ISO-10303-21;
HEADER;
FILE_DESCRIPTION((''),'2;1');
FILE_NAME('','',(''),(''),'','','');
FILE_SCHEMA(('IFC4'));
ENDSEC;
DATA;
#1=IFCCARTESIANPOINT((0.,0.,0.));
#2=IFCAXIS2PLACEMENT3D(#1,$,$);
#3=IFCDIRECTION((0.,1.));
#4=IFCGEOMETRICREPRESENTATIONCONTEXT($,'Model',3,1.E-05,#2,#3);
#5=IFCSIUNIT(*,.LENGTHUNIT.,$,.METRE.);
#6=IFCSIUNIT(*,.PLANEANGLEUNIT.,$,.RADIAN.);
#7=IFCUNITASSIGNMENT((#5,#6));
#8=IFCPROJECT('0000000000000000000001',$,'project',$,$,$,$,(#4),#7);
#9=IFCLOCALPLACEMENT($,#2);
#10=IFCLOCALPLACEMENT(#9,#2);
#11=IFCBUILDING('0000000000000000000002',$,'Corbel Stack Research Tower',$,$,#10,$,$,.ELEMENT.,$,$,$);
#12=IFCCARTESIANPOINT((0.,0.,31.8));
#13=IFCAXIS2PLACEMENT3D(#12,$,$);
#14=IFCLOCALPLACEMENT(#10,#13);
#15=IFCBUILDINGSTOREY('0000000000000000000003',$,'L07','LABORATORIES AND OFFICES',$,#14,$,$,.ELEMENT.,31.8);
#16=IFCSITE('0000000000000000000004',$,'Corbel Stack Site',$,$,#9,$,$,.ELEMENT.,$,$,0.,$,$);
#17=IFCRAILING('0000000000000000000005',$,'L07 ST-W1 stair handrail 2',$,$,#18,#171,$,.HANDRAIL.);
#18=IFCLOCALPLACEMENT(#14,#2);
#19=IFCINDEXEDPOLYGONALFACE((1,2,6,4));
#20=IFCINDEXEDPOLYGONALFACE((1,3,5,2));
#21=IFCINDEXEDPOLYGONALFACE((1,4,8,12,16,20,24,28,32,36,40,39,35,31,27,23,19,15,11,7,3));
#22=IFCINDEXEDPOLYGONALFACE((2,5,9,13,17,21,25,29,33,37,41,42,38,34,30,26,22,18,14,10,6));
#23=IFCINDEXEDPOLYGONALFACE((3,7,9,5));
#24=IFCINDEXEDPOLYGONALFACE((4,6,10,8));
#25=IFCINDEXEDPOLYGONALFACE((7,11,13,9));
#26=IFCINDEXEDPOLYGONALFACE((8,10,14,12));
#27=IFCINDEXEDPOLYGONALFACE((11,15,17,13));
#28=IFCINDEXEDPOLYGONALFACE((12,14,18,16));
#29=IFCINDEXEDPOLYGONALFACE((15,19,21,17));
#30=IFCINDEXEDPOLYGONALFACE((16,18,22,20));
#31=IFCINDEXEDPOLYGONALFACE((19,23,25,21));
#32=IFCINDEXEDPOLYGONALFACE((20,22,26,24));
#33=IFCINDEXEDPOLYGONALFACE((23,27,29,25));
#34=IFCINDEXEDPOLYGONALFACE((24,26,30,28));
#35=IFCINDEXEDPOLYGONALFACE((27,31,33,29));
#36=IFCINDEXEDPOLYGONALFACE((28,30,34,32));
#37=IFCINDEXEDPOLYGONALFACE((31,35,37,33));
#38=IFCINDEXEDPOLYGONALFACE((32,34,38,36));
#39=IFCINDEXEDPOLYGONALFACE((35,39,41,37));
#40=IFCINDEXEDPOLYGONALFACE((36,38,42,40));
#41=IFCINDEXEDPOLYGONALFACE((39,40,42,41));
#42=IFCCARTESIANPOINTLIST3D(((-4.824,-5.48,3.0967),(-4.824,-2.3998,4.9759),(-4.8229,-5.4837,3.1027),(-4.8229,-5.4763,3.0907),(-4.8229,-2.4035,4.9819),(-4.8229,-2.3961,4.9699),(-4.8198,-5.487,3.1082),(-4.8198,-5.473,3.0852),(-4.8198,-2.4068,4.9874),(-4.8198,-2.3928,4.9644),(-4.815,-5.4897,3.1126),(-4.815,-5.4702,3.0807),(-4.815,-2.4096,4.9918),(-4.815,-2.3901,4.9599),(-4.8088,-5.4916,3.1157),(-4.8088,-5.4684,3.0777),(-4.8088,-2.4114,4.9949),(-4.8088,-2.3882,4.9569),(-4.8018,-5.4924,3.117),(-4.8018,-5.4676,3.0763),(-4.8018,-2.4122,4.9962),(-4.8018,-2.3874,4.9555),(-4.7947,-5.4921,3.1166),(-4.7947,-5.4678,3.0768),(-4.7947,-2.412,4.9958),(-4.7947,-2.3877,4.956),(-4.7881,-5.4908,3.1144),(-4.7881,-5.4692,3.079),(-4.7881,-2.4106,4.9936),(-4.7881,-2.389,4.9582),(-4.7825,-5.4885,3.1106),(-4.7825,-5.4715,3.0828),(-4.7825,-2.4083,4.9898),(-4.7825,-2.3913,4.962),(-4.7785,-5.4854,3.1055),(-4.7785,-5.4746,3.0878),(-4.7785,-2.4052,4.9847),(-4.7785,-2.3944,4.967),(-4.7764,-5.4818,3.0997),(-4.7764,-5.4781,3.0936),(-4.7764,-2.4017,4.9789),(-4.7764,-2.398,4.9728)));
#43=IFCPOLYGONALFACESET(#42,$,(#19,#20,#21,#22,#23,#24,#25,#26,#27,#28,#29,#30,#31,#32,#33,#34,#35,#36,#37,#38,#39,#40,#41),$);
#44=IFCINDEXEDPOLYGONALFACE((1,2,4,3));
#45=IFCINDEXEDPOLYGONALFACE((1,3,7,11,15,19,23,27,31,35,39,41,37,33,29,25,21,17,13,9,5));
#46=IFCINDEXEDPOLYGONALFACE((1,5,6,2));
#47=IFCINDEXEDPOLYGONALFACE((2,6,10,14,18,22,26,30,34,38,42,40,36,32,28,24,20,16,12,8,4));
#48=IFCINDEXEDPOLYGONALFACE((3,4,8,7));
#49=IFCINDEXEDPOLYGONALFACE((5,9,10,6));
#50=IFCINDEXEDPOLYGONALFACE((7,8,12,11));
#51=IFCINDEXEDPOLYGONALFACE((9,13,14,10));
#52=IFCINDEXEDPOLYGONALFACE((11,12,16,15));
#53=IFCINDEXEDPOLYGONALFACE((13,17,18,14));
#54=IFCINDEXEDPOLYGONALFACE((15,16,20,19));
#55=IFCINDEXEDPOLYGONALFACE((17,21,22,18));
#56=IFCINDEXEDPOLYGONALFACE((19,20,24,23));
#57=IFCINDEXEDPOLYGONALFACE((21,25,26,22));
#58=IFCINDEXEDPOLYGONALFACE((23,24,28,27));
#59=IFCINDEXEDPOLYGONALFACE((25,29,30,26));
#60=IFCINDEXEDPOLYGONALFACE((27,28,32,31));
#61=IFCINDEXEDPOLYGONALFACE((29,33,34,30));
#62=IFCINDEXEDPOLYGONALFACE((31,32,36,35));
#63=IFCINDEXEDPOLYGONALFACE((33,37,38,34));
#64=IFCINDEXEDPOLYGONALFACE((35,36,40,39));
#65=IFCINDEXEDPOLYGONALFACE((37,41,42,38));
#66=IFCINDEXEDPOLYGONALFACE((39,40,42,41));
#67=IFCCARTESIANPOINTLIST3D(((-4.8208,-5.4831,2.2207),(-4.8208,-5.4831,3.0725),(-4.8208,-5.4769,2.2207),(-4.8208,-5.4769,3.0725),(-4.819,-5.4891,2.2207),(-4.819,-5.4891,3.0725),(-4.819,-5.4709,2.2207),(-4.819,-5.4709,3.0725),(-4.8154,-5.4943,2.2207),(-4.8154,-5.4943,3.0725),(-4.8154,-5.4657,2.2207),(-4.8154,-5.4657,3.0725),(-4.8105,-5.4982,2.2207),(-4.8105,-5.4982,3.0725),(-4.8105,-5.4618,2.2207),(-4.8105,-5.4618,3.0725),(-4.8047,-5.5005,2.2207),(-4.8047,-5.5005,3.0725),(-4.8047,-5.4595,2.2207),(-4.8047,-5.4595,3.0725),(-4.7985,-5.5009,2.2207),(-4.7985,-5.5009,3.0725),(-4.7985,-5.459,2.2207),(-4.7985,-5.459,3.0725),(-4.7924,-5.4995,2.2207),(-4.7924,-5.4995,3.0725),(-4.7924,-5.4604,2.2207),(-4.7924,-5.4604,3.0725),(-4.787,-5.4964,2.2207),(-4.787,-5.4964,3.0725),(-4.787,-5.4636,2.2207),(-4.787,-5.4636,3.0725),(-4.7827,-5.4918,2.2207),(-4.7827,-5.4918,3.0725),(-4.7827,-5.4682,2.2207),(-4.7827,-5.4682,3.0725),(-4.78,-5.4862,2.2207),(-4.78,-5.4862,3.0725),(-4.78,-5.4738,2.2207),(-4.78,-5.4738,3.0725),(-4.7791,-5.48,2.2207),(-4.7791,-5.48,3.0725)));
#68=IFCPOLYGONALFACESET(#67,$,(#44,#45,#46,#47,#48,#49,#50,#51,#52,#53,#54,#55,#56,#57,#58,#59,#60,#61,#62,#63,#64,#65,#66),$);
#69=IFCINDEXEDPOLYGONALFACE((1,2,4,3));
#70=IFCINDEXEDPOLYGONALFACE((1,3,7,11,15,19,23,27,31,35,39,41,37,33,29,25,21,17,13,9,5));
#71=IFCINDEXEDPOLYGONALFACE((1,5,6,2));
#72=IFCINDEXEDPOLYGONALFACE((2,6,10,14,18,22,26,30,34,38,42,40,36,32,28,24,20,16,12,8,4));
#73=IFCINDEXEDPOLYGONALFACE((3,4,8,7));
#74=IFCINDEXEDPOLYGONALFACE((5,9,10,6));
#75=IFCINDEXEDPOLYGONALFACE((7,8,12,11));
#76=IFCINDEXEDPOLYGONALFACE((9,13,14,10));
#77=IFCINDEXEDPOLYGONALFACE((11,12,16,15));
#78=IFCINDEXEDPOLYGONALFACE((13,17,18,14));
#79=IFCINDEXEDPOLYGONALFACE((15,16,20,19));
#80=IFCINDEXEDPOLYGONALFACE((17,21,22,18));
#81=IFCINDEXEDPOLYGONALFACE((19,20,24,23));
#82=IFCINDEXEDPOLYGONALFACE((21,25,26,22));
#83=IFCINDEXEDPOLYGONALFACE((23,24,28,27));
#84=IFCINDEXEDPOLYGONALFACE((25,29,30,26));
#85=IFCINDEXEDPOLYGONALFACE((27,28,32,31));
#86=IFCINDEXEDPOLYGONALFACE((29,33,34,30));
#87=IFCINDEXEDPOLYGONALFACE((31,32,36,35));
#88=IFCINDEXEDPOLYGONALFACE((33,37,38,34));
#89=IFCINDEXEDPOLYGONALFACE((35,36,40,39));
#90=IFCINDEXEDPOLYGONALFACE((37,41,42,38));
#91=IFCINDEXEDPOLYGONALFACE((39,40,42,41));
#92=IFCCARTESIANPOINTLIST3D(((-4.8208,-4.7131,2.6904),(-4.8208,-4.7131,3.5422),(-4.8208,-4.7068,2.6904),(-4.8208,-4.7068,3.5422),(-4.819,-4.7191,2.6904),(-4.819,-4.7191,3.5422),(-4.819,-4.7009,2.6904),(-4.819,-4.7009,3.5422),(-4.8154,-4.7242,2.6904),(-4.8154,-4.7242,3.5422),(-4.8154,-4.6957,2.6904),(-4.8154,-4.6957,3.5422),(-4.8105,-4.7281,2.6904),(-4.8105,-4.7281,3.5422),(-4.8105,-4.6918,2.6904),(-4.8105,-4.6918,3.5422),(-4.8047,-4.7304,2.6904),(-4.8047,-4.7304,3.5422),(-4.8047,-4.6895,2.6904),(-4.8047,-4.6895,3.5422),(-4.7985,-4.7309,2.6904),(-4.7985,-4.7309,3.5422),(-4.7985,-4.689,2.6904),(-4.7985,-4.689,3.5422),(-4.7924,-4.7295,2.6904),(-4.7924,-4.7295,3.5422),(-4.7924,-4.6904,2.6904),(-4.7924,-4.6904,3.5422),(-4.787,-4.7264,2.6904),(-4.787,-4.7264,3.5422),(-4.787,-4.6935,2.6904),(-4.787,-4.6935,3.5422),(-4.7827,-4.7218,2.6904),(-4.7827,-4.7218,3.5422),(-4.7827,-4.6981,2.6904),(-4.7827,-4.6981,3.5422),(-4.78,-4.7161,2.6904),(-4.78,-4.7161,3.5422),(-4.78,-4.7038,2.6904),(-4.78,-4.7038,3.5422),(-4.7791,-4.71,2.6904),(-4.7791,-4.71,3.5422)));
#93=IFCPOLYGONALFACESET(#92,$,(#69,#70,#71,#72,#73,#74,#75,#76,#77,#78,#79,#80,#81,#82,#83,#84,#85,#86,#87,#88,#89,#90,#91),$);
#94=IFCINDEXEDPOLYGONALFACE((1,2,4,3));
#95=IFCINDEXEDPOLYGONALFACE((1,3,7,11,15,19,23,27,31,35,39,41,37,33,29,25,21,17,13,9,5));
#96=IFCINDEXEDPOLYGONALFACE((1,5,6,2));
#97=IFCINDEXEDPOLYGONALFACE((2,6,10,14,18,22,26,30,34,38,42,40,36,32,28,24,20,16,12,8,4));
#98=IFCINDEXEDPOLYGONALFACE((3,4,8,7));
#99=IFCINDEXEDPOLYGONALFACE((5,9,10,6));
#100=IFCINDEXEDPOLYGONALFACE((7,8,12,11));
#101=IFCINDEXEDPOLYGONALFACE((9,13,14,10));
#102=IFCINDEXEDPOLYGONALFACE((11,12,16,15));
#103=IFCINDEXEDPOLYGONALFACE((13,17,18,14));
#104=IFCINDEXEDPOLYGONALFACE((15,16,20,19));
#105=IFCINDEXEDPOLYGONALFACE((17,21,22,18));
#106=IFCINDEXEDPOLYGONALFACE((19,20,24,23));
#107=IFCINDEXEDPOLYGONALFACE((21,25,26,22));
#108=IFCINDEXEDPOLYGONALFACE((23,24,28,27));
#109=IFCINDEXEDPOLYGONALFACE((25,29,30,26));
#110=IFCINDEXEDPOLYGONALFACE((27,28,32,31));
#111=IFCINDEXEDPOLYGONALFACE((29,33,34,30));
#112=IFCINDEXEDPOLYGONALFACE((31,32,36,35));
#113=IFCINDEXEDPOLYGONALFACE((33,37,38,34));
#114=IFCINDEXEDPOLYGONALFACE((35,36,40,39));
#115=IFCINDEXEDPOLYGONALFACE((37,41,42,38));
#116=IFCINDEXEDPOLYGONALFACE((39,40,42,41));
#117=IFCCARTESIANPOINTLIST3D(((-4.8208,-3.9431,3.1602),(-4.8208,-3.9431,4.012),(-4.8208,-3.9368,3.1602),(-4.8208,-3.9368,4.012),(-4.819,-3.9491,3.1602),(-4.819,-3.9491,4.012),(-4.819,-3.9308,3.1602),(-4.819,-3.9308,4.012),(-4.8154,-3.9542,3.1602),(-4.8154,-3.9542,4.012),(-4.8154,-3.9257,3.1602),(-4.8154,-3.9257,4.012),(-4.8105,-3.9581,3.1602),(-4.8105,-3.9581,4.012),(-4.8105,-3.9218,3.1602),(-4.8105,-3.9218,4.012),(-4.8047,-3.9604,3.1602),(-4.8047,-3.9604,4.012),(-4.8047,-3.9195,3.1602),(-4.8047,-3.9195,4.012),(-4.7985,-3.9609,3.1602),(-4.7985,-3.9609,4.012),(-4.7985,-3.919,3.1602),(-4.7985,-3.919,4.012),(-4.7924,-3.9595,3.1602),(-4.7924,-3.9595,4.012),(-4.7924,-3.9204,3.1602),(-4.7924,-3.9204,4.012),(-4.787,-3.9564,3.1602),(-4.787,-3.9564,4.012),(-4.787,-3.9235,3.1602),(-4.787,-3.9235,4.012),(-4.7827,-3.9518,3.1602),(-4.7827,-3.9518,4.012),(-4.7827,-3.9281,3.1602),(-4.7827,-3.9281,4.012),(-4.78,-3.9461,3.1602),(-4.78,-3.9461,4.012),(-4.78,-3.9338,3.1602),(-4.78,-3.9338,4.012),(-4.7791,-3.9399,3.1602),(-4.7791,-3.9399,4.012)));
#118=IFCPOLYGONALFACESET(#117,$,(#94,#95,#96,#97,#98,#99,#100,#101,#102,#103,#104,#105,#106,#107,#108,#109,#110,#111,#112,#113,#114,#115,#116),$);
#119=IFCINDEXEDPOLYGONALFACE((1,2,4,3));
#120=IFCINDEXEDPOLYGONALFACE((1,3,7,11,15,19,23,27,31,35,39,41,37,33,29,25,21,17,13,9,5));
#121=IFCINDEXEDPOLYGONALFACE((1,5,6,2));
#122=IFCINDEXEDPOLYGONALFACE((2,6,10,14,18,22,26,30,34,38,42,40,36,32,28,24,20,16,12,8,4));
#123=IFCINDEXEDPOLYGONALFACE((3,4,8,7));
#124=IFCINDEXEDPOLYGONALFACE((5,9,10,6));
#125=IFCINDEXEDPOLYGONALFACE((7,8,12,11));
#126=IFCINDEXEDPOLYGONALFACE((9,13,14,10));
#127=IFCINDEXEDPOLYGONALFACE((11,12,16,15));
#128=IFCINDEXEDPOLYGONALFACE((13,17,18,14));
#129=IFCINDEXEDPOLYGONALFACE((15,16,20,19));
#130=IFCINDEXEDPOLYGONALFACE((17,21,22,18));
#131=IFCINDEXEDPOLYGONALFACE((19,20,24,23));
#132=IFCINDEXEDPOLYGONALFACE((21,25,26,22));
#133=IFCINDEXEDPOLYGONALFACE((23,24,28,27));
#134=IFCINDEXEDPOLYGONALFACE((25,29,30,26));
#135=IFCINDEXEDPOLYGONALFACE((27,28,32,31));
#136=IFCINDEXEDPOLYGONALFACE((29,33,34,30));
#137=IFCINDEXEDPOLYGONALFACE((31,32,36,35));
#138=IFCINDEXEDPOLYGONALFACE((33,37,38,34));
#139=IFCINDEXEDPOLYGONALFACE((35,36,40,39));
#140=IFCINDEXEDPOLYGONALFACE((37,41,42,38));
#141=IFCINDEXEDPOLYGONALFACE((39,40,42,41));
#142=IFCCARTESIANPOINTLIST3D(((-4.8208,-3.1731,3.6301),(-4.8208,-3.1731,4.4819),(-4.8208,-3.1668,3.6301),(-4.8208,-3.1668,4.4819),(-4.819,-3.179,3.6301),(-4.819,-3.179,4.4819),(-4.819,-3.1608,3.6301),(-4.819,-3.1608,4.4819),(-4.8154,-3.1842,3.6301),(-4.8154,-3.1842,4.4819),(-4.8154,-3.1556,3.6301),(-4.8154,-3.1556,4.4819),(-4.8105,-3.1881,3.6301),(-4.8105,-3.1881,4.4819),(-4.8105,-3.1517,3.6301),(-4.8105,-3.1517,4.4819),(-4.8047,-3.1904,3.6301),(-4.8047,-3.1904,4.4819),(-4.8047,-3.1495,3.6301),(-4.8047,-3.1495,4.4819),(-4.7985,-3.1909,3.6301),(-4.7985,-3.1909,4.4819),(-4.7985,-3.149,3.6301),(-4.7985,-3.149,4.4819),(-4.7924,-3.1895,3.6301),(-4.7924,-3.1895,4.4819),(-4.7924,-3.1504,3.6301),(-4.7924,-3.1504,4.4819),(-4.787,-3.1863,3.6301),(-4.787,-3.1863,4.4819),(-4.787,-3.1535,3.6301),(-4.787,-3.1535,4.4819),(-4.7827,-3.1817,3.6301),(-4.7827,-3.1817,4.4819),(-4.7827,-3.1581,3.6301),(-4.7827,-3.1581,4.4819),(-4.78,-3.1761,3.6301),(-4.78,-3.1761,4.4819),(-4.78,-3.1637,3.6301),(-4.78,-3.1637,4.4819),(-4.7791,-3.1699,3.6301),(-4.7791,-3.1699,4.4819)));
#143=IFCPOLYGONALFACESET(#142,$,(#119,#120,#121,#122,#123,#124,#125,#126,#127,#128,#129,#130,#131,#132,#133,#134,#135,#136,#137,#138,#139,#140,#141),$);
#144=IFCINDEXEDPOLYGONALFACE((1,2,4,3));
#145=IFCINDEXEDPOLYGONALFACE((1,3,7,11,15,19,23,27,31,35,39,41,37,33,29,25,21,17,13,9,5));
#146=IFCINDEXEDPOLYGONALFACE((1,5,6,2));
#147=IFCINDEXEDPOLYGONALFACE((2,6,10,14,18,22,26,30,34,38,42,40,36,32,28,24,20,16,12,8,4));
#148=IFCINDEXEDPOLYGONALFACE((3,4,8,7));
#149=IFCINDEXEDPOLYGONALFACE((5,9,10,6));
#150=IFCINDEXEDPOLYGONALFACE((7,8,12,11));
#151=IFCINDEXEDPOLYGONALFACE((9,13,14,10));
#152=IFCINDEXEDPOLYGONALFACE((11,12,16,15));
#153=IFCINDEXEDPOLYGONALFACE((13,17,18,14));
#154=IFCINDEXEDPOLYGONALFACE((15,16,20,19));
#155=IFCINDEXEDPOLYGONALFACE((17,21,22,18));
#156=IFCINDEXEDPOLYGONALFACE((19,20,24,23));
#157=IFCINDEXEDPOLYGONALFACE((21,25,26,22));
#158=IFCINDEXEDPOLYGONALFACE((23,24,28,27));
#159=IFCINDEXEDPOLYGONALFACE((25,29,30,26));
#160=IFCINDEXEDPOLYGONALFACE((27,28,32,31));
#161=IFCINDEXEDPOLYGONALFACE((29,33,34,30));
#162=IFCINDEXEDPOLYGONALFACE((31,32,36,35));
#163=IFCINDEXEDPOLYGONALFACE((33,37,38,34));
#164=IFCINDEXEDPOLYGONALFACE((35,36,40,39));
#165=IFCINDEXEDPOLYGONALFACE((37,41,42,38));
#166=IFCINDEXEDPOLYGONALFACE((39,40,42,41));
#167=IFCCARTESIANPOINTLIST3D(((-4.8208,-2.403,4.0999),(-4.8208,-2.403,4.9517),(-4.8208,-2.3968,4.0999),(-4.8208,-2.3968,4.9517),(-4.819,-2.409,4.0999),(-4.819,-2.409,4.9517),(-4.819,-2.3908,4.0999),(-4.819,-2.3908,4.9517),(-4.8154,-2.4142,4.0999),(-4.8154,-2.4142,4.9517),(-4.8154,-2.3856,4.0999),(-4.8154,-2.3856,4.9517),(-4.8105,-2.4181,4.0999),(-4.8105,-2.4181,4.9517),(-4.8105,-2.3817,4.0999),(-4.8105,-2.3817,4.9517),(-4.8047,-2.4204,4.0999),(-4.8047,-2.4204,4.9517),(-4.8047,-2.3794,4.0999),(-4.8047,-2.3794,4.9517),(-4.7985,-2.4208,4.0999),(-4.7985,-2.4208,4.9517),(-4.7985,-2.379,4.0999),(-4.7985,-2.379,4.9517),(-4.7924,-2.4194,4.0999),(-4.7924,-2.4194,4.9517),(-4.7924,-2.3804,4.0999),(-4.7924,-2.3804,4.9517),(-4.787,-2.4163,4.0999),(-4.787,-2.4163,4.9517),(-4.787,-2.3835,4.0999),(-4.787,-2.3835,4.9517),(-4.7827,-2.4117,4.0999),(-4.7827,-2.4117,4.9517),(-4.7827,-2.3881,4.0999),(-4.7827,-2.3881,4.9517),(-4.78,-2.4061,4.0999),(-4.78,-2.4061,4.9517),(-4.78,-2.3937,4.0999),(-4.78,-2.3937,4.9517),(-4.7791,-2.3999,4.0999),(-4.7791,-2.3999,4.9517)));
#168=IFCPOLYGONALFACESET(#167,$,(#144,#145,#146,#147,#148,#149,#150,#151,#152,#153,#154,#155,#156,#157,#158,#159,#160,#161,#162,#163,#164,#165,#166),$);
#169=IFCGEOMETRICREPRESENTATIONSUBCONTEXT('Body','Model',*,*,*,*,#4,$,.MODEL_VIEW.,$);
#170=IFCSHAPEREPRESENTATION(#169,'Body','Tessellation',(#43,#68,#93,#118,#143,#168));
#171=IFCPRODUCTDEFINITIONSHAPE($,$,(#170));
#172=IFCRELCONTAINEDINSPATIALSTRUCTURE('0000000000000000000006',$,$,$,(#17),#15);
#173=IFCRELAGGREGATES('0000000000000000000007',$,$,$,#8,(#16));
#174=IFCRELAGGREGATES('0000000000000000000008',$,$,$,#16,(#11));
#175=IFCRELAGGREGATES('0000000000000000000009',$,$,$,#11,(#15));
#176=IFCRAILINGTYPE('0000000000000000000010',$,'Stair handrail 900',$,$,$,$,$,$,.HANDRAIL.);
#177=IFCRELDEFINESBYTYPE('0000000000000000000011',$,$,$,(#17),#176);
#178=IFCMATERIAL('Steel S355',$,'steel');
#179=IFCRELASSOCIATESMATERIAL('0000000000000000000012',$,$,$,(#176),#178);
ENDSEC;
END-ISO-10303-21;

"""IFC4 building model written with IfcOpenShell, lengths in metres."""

from ifc_helpers import new_model, si_unit, direction, frame, origin, origin_2d, place, context, subcontext, project, spatial, circle, extrude, material, type_object, element, save


model = new_model("IFC4")

# Units and contexts
model_context = context("Model", 3, precision=1e-05, world=origin(), true_north=direction((0.0, 1.0)))
body_context = subcontext(model_context, "Body", "Model", "MODEL_VIEW")
ifc_project = project(units=[si_unit("LENGTHUNIT", "METRE"), si_unit("PLANEANGLEUNIT", "RADIAN")], contexts=[model_context])

# Site, building, storey
site_placement = place(None, origin())
site = spatial("IfcSite", under=ifc_project, at=site_placement, Name="Corbel Stack Site", CompositionType="ELEMENT", RefElevation=0.0)
building_placement = place(site_placement, origin())
building = spatial("IfcBuilding", under=site, at=building_placement, Name="Corbel Stack Research Tower", CompositionType="ELEMENT")
storey_placement = place(building_placement, frame((0.0, 0.0, 31.8)))
storey = spatial("IfcBuildingStorey", under=building, at=storey_placement, Name="L07", Description="LABORATORIES AND OFFICES", CompositionType="ELEMENT", Elevation=31.8)

# Railing
ifc_material_1 = material(Name="Steel S355", Category="steel")
railing_type_1 = type_object("IfcRailingType", Name="Stair handrail 900", PredefinedType="HANDRAIL", material=ifc_material_1)
railing_1_placement = place(storey_placement, frame((-4.8, -5.48, 2.2207)))
element("IfcRailing", 1, at=railing_1_placement, inside=storey, type_object=railing_type_1, Name="L07 ST-W1 stair handrail 2", PredefinedType="HANDRAIL", context=body_context, shape_type="SweptSolid", body=[
    extrude(circle(Radius=0.0239, at=origin_2d()), frame((0.0, 0.0, 0.876), z_axis=(0.0, 0.853666, 0.52082), x_axis=(-1.0, 0.0, 0.0)), (0.0, 0.0, 1.0), 3.6082),
    extrude(circle(Radius=0.021, at=origin_2d()), origin(), (0.0, 0.0, 1.0), 0.8518),
    extrude(circle(Radius=0.021, at=origin_2d()), frame((0.0, 0.77, 0.4697)), (0.0, 0.0, 1.0), 0.8518),
    extrude(circle(Radius=0.021, at=origin_2d()), frame((0.0, 1.54, 0.9395)), (0.0, 0.0, 1.0), 0.8518),
    extrude(circle(Radius=0.021, at=origin_2d()), frame((0.0, 2.3101, 1.4094)), (0.0, 0.0, 1.0), 0.8518),
    extrude(circle(Radius=0.021, at=origin_2d()), frame((0.0, 3.0801, 1.8792)), (0.0, 0.0, 1.0), 0.8518),
])

save(model, "model.ifc")
